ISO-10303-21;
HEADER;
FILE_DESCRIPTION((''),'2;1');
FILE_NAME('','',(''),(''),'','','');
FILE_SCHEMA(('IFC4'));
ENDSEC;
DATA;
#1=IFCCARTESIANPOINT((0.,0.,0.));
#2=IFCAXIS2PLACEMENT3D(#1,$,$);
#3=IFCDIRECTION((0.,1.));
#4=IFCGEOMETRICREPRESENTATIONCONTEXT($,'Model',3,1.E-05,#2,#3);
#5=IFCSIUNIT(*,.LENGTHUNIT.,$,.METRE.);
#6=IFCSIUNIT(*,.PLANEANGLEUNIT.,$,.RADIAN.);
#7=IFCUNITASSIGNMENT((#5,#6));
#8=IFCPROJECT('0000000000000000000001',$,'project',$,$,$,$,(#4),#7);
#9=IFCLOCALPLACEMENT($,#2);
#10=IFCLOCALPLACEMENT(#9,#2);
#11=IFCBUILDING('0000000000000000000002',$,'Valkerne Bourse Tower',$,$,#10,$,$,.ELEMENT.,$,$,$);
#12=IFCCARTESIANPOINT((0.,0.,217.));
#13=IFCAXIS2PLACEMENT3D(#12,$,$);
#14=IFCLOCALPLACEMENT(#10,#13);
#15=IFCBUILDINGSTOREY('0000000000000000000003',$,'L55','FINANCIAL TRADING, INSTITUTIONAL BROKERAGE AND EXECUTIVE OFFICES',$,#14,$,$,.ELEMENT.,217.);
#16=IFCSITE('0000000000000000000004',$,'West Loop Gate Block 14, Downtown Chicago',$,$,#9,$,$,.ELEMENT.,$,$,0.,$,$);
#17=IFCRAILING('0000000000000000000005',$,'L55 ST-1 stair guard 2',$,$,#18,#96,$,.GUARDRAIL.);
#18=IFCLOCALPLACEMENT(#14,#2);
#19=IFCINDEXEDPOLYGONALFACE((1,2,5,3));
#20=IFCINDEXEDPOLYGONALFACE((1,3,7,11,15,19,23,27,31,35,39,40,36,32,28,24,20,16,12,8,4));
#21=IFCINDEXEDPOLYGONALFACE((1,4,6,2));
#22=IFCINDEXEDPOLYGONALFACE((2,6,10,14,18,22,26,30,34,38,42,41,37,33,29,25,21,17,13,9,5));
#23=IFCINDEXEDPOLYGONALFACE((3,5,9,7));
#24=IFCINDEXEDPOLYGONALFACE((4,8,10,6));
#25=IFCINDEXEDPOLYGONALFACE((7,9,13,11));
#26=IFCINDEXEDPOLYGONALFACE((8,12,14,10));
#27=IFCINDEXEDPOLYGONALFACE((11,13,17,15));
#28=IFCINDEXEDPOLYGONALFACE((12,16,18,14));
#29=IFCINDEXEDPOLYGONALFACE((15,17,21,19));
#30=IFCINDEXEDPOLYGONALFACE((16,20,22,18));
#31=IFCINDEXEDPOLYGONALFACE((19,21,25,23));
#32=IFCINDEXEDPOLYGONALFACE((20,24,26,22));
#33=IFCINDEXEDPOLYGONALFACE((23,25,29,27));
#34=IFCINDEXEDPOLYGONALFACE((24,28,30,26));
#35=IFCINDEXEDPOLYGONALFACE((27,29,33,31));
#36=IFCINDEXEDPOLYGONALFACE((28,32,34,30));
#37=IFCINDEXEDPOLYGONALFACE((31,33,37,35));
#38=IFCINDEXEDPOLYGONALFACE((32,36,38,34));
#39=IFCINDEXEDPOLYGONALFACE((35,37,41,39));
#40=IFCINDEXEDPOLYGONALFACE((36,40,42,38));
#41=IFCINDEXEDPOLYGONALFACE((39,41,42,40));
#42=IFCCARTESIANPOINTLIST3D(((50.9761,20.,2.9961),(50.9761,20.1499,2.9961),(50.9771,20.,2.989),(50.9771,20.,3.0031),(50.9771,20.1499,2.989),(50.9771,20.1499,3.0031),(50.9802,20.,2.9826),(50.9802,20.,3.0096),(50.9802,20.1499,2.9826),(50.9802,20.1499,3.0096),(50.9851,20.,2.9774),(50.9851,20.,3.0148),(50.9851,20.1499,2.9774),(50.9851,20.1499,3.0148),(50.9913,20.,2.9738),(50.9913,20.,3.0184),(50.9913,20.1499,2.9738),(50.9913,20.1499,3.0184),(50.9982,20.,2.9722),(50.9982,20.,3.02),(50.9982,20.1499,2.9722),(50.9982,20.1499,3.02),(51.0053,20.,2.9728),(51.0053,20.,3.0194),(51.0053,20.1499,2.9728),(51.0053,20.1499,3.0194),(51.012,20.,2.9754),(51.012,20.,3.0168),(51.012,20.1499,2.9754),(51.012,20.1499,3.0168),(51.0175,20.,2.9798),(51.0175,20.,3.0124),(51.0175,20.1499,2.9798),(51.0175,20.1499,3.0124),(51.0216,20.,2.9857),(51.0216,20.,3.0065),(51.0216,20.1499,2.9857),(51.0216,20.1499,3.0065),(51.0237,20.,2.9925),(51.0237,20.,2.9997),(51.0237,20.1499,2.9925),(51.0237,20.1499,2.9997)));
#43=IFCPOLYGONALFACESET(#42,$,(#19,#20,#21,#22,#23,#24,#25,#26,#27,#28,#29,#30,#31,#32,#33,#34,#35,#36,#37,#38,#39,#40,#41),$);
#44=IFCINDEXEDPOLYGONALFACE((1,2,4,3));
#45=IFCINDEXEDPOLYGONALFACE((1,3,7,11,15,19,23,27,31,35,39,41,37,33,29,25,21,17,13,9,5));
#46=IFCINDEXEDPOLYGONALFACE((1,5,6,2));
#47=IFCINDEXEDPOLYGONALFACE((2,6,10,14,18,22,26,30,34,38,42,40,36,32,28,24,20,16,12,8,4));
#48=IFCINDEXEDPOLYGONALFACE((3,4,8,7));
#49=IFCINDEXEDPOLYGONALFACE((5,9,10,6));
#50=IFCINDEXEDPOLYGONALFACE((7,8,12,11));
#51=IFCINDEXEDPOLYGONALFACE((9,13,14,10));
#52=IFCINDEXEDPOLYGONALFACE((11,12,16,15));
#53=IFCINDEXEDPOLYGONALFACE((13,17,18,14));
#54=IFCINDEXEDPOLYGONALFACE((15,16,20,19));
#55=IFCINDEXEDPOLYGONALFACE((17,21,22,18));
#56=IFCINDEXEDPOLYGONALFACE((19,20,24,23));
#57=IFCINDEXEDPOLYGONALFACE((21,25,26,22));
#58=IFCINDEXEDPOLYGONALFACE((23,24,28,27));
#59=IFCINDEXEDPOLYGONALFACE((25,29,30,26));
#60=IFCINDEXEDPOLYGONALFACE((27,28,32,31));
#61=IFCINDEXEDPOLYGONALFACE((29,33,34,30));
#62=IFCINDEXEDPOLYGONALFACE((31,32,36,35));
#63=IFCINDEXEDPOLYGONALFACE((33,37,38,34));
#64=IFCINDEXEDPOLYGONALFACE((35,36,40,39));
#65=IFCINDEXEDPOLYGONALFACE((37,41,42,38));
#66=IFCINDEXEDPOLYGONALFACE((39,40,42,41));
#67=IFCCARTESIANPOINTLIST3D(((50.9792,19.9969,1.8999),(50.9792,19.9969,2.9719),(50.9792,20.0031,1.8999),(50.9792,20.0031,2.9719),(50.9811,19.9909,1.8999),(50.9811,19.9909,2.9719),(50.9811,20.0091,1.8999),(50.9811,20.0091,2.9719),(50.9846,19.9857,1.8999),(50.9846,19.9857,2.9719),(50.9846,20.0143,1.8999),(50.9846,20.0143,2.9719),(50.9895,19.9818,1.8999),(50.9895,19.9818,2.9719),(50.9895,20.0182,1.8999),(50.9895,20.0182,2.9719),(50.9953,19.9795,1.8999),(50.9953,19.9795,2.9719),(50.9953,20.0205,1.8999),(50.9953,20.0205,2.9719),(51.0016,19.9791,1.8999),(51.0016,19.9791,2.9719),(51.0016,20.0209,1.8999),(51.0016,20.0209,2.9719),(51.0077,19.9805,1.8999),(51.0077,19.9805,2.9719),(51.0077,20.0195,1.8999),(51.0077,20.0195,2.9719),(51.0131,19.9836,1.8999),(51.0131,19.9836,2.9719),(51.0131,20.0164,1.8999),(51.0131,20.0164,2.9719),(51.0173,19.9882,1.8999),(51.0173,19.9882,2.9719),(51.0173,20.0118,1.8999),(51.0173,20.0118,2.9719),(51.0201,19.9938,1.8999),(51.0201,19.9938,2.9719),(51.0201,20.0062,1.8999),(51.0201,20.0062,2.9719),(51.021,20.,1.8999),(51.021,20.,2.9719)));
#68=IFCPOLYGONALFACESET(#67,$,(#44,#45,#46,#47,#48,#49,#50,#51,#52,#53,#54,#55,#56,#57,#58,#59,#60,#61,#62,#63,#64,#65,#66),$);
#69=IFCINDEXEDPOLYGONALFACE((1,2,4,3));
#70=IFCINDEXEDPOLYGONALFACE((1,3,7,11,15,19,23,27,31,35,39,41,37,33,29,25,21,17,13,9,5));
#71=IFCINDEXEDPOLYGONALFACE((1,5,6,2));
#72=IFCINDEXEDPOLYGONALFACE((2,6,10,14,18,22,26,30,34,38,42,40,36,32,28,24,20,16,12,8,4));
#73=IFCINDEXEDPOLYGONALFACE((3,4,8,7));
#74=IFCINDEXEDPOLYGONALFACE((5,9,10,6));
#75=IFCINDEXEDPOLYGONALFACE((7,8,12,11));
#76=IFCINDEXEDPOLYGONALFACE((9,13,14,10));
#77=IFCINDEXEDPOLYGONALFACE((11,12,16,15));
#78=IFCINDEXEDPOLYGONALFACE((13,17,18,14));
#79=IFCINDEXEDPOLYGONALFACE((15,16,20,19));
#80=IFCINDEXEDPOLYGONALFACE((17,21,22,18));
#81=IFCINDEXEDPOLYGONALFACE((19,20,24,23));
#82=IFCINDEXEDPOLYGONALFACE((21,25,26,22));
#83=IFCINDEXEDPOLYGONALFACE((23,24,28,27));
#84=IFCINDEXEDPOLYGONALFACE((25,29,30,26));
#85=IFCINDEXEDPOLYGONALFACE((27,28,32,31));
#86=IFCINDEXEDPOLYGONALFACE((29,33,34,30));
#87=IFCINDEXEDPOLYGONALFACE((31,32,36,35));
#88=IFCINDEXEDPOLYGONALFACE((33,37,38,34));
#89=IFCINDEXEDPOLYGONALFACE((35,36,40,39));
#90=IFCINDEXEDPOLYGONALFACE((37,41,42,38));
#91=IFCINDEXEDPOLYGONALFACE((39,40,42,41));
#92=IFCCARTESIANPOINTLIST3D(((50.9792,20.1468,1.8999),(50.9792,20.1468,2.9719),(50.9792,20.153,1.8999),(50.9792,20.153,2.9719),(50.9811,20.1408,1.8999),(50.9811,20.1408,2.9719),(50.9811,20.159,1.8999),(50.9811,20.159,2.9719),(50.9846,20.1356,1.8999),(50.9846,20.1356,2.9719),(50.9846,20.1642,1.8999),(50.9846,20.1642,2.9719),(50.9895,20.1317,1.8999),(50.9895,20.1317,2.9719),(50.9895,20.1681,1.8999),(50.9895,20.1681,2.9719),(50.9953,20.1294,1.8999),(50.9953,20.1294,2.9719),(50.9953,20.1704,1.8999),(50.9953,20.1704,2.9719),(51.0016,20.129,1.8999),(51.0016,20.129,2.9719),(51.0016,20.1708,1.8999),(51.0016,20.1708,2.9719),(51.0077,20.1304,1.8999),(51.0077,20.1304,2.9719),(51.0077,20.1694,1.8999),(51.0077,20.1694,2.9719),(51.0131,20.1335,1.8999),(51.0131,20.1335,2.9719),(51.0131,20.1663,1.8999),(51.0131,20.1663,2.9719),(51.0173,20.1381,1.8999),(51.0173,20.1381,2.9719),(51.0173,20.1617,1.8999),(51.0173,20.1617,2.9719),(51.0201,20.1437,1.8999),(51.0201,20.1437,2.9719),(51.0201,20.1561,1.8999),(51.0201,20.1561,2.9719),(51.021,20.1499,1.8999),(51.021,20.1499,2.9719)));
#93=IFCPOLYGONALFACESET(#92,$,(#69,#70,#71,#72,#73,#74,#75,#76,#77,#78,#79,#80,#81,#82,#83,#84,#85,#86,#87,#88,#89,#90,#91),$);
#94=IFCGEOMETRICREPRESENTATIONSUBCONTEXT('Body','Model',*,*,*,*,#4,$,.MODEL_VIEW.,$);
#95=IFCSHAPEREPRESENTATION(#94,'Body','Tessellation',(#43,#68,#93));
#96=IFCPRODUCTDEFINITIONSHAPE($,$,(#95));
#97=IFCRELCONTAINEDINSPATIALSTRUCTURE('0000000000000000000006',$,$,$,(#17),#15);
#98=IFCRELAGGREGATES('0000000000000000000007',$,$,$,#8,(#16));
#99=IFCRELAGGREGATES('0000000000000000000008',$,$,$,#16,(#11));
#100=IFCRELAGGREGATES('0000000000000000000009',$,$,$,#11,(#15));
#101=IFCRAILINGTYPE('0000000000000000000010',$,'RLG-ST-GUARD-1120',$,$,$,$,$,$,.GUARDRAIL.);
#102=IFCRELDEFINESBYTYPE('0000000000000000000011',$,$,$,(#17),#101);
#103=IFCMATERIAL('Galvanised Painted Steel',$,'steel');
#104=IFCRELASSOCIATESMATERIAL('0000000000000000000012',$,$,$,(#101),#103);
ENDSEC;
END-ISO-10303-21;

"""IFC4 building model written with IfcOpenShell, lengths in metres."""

from ifc_helpers import new_model, si_unit, direction, frame, origin, origin_2d, place, context, subcontext, project, spatial, circle, extrude, material, type_object, element, save


model = new_model("IFC4")

# Units and contexts
model_context = context("Model", 3, precision=1e-05, world=origin(), true_north=direction((0.0, 1.0)))
body_context = subcontext(model_context, "Body", "Model", "MODEL_VIEW")
ifc_project = project(units=[si_unit("LENGTHUNIT", "METRE"), si_unit("PLANEANGLEUNIT", "RADIAN")], contexts=[model_context])

# Site, building, storey
site_placement = place(None, origin())
site = spatial("IfcSite", under=ifc_project, at=site_placement, Name="West Loop Gate Block 14, Downtown Chicago", CompositionType="ELEMENT", RefElevation=0.0)
building_placement = place(site_placement, origin())
building = spatial("IfcBuilding", under=site, at=building_placement, Name="Valkerne Bourse Tower", CompositionType="ELEMENT")
storey_placement = place(building_placement, frame((0.0, 0.0, 217.0)))
storey = spatial("IfcBuildingStorey", under=building, at=storey_placement, Name="L55", Description="FINANCIAL TRADING, INSTITUTIONAL BROKERAGE AND EXECUTIVE OFFICES", CompositionType="ELEMENT", Elevation=217.0)

# Shared definitions
ifc_material_1 = material(Name="Galvanised Painted Steel", Category="steel")

# Railing
railing_type_1 = type_object("IfcRailingType", Name="RLG-ST-GUARD-1120", PredefinedType="GUARDRAIL", material=ifc_material_1)
railing_1_placement = place(storey_placement, frame((51.0, 20.0, 1.8999)))
element("IfcRailing", 1, at=railing_1_placement, inside=storey, type_object=railing_type_1, Name="L55 ST-1 stair guard 2", PredefinedType="GUARDRAIL", context=body_context, shape_type="SweptSolid", body=[
    extrude(circle(Radius=0.0239, at=origin_2d()), frame((0.0, 0.0, 1.0962), z_axis=(0.0, 1.0, 0.0), x_axis=(-1.0, 0.0, 0.0)), (0.0, 0.0, 1.0), 0.1499),
    extrude(circle(Radius=0.021, at=origin_2d()), origin(), (0.0, 0.0, 1.0), 1.072),
    extrude(circle(Radius=0.021, at=origin_2d()), frame((0.0, 0.1499, 0.0)), (0.0, 0.0, 1.0), 1.072),
])

save(model, "model.ifc")
